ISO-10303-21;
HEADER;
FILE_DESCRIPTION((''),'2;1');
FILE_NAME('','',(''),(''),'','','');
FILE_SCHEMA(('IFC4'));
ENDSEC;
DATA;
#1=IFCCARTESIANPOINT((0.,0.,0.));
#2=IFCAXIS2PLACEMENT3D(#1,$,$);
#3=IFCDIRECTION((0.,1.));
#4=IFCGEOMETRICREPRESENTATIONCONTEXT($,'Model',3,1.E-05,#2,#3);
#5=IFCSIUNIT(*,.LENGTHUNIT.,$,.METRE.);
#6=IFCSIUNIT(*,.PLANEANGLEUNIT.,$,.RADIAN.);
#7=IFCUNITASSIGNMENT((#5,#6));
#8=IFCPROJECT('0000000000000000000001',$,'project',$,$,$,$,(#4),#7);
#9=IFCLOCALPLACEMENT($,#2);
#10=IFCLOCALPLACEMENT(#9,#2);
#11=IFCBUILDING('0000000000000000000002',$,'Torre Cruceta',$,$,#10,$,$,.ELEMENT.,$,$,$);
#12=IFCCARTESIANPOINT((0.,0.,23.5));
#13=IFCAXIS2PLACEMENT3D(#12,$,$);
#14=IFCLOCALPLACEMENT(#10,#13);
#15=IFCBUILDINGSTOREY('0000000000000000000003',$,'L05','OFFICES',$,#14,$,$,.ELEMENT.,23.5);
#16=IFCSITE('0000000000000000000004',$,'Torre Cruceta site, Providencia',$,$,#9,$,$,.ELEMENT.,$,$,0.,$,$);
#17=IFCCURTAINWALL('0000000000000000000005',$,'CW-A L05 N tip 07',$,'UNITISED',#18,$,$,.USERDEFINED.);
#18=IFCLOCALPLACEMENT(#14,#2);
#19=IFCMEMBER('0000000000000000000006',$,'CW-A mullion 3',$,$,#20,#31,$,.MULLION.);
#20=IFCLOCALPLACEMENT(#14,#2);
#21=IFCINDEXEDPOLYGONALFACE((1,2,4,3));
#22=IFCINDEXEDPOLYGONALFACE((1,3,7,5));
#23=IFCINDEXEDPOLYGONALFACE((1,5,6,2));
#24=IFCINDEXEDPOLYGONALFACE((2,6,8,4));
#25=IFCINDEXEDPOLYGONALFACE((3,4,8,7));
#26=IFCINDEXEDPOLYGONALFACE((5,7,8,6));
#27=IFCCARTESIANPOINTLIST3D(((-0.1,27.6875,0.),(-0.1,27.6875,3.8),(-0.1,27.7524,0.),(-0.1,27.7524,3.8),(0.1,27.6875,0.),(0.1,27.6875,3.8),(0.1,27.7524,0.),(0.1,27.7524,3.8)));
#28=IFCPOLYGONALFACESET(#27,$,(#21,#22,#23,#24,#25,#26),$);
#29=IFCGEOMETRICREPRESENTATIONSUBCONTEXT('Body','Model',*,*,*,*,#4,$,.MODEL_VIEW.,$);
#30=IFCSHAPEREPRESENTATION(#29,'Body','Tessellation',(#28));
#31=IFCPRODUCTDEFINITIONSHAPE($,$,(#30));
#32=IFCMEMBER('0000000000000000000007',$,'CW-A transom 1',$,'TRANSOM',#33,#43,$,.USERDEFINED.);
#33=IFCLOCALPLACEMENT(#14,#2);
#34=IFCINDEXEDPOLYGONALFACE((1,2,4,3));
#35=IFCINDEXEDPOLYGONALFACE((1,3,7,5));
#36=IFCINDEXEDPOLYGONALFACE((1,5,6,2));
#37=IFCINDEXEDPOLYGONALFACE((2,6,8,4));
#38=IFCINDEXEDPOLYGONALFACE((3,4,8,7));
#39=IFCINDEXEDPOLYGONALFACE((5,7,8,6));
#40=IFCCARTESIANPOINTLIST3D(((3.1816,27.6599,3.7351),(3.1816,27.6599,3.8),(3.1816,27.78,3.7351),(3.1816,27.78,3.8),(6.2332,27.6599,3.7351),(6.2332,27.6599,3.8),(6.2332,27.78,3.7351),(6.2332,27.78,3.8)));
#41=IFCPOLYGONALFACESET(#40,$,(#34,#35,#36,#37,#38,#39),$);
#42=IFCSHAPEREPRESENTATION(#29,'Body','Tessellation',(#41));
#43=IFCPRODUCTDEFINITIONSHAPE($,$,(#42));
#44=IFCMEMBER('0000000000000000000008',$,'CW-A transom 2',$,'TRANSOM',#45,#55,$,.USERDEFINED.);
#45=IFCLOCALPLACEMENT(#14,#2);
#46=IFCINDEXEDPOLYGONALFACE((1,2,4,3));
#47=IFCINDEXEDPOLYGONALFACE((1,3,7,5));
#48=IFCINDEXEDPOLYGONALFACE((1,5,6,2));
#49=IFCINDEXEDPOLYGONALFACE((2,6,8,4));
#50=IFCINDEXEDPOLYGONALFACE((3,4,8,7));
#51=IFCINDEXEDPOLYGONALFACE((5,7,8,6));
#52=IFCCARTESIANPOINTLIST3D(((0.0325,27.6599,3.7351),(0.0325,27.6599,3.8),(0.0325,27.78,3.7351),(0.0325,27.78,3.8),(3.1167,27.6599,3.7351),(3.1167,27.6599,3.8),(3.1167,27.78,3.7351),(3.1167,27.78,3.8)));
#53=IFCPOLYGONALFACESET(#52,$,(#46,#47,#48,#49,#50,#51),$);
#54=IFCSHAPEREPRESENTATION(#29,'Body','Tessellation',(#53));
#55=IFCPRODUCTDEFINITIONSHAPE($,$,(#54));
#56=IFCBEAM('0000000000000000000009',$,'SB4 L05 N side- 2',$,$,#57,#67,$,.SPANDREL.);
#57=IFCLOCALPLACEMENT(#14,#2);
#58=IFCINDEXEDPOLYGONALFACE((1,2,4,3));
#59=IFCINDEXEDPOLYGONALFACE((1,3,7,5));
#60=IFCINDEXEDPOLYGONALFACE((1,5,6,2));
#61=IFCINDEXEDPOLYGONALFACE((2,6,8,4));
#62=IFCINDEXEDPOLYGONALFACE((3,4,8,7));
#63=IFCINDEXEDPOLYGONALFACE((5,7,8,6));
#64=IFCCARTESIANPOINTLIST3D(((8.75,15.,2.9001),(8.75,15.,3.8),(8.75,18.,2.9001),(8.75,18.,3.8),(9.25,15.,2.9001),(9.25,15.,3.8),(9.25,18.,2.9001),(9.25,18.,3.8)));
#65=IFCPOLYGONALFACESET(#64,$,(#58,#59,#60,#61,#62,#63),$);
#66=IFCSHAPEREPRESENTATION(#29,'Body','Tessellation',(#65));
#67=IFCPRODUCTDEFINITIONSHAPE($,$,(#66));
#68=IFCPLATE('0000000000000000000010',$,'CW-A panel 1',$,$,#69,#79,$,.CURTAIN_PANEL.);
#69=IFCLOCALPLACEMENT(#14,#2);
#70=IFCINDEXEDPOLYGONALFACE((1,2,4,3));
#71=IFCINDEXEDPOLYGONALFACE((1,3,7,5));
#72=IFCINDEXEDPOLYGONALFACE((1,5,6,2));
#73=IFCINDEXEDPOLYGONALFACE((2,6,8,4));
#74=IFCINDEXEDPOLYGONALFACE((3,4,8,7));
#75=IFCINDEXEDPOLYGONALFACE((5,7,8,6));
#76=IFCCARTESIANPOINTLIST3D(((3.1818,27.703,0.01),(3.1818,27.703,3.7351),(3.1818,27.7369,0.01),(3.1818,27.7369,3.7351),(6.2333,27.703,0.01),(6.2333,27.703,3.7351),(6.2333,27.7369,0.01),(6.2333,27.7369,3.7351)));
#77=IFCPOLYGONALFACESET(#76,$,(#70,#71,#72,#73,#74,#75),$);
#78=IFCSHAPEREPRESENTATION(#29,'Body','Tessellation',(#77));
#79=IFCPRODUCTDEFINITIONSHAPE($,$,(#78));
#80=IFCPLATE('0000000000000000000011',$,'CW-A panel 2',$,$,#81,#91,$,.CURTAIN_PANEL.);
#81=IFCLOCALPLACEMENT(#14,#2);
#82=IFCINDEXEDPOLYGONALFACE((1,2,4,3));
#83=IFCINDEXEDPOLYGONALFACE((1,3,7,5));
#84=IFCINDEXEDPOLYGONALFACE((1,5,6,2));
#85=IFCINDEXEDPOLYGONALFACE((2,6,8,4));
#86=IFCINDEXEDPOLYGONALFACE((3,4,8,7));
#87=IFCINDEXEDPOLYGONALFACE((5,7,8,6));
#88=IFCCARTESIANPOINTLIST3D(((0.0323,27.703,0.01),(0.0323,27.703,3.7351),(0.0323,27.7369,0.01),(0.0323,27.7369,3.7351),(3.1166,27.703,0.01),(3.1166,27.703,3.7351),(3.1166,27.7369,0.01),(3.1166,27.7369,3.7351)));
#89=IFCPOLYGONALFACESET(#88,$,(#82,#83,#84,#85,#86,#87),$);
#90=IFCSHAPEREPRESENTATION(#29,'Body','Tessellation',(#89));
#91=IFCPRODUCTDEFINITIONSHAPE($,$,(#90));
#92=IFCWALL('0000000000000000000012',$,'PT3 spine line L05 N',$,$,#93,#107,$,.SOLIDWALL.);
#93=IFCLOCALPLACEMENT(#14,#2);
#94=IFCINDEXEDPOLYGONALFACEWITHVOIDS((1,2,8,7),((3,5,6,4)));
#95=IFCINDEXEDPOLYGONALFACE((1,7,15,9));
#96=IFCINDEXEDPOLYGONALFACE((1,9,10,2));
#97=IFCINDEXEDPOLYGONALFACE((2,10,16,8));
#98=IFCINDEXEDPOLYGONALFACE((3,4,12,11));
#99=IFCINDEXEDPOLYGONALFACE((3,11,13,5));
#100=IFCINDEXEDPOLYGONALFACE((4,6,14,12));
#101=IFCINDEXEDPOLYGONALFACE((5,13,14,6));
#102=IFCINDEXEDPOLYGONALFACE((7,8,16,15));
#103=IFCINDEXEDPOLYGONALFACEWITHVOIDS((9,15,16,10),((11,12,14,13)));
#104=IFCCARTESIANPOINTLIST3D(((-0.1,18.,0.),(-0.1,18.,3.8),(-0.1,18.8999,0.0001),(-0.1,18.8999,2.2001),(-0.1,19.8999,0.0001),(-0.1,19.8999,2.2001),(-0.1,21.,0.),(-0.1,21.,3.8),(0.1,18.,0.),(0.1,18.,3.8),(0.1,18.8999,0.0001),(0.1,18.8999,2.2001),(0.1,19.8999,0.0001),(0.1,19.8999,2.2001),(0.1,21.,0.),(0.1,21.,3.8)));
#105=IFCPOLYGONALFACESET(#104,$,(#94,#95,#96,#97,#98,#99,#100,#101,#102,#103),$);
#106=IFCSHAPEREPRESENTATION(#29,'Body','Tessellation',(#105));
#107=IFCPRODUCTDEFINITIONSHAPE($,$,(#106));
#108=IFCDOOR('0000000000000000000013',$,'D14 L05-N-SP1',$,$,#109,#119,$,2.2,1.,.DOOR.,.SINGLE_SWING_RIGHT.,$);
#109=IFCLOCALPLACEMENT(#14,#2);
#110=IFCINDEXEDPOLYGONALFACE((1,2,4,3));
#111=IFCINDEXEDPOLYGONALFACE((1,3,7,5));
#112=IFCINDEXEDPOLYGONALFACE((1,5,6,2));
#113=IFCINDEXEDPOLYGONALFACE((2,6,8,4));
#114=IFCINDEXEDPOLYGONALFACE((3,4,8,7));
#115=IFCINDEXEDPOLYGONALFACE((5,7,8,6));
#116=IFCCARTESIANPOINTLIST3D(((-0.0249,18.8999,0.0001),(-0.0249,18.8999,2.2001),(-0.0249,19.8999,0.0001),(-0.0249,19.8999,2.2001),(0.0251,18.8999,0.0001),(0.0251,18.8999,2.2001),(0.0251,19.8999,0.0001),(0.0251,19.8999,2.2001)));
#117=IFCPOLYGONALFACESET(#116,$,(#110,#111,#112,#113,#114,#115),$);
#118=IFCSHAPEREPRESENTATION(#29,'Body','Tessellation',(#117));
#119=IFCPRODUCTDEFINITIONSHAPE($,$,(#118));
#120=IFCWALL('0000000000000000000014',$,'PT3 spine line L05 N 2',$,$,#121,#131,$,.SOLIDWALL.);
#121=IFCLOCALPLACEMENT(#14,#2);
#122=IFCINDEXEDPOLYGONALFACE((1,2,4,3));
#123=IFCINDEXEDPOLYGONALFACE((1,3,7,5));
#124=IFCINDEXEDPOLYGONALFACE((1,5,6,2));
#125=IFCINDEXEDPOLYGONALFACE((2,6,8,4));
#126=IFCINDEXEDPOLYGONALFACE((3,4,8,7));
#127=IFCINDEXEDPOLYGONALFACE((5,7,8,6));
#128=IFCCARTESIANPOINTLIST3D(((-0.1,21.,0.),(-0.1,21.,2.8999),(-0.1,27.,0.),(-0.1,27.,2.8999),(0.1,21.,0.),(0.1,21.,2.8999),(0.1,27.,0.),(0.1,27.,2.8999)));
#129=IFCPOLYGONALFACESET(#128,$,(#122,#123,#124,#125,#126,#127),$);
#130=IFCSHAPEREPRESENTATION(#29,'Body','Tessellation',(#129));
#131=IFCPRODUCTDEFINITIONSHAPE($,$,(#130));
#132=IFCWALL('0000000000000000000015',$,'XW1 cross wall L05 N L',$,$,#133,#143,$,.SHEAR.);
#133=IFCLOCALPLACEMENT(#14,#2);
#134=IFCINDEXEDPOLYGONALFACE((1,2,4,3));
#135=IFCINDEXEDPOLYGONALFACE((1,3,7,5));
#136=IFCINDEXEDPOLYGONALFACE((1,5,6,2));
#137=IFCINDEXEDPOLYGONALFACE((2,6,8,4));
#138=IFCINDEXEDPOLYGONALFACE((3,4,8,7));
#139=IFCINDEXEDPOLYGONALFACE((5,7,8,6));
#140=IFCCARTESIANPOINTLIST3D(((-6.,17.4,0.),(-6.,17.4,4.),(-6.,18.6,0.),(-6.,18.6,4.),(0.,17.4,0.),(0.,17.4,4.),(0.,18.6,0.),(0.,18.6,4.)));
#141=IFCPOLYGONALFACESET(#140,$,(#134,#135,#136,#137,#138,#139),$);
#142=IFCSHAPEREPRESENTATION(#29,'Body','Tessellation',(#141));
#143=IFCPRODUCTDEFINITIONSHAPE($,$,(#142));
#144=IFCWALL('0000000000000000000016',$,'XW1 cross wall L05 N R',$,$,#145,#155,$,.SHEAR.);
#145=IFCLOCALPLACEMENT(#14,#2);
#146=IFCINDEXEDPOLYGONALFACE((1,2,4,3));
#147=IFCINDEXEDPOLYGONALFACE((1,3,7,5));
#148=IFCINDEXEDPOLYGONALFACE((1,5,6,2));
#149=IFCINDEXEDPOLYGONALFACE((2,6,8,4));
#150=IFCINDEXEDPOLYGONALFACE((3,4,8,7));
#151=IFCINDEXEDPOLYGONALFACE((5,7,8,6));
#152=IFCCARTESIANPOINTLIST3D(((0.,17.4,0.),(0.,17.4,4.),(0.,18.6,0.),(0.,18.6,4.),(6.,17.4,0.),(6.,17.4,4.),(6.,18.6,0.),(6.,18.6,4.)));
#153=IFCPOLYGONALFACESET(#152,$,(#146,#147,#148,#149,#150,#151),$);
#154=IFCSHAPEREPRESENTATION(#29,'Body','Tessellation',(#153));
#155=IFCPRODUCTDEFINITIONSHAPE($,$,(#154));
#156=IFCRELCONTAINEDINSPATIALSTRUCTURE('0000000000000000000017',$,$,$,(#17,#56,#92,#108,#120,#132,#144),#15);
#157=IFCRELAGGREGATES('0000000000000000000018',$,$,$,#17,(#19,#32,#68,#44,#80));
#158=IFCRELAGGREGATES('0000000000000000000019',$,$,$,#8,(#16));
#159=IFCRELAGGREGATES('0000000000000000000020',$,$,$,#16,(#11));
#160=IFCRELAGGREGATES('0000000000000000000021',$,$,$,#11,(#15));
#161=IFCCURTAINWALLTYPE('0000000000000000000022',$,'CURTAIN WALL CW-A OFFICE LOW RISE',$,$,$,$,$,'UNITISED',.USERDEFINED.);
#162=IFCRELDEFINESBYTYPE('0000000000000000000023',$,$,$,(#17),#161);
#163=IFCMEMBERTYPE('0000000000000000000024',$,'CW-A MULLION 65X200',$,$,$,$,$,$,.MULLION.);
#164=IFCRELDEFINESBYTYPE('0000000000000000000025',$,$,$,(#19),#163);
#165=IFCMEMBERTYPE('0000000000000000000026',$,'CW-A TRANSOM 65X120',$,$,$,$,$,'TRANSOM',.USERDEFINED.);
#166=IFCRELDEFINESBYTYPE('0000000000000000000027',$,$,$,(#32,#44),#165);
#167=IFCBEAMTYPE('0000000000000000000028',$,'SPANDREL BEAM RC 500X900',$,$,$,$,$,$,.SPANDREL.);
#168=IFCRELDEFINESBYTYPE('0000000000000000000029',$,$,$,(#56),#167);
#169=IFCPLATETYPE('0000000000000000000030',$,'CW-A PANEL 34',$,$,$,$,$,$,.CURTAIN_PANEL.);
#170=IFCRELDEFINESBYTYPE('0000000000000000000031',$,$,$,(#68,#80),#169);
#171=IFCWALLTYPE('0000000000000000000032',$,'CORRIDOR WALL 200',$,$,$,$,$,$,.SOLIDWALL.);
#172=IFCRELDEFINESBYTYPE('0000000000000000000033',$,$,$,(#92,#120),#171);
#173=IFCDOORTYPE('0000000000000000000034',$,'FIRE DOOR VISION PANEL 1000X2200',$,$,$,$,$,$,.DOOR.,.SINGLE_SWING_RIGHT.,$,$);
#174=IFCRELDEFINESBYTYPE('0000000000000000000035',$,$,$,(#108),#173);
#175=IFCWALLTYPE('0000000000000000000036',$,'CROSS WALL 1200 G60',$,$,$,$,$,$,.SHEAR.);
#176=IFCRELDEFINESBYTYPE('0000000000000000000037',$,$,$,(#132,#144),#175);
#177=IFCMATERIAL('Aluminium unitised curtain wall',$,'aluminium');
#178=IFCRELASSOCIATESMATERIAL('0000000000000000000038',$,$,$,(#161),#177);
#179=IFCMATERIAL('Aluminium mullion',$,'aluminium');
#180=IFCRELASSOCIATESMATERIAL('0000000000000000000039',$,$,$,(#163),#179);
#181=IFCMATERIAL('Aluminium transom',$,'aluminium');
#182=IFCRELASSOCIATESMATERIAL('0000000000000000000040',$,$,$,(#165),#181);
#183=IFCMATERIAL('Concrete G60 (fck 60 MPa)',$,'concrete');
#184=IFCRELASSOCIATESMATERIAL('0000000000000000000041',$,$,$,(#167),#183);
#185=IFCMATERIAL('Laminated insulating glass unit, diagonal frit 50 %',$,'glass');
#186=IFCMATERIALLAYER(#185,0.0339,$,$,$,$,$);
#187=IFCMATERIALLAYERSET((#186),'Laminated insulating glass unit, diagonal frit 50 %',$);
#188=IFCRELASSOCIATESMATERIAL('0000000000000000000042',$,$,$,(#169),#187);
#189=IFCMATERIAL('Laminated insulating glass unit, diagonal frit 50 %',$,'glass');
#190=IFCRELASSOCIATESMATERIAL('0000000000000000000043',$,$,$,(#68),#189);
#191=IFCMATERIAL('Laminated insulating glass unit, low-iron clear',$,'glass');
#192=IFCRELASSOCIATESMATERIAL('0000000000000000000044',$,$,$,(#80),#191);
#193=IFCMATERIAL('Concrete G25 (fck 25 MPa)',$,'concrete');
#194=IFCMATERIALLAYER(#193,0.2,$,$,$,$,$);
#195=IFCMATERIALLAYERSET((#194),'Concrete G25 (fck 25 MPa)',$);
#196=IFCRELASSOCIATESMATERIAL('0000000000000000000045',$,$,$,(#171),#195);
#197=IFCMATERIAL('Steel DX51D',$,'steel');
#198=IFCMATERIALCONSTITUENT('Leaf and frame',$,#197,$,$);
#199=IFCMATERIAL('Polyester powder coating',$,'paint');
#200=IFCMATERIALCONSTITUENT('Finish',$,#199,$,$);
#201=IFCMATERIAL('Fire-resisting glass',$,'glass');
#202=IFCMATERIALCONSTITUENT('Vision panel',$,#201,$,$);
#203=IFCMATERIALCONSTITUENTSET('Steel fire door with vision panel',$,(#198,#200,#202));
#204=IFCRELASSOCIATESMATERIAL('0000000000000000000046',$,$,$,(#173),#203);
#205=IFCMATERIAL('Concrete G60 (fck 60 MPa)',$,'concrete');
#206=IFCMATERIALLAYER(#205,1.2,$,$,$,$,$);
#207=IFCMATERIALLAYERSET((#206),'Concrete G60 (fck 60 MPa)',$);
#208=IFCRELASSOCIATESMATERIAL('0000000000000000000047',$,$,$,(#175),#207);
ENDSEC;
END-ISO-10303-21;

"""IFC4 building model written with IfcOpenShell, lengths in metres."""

from ifc_helpers import new_model, si_unit, direction, frame, frame_2d, origin, origin_2d, place, context, subcontext, project, spatial, rectangle, extrude, material, layer, layer_set, constituent, constituent_set, material_profile, profile_set, type_object, element, fill, aggregate, save


model = new_model("IFC4")

# Units and contexts
model_context = context("Model", 3, precision=1e-05, world=origin(), true_north=direction((0.0, 1.0)))
body_context = subcontext(model_context, "Body", "Model", "MODEL_VIEW")
ifc_project = project(units=[si_unit("LENGTHUNIT", "METRE"), si_unit("PLANEANGLEUNIT", "RADIAN")], contexts=[model_context])

# Site, building, storey
site_placement = place(None, origin())
site = spatial("IfcSite", under=ifc_project, at=site_placement, Name="Torre Cruceta site, Providencia", CompositionType="ELEMENT", RefElevation=0.0)
building_placement = place(site_placement, origin())
building = spatial("IfcBuilding", under=site, at=building_placement, Name="Torre Cruceta", CompositionType="ELEMENT")
storey_placement = place(building_placement, frame((0.0, 0.0, 23.5)))
storey = spatial("IfcBuildingStorey", under=building, at=storey_placement, Name="L05", Description="OFFICES", CompositionType="ELEMENT", Elevation=23.5)

# Curtain wall, members
ifc_material_1 = material(Name="Aluminium unitised curtain wall", Category="aluminium")
curtain_wall_type = type_object("IfcCurtainWallType", Name="CURTAIN WALL CW-A OFFICE LOW RISE", ElementType="UNITISED", PredefinedType="USERDEFINED", material=ifc_material_1)
curtain_wall_placement = place(storey_placement, origin())
curtain_wall = element("IfcCurtainWall", 1, at=curtain_wall_placement, inside=storey, type_object=curtain_wall_type, Name="CW-A L05 N tip 07", ObjectType="UNITISED", PredefinedType="USERDEFINED")
ifc_material_2 = material(Name="Aluminium mullion", Category="aluminium")
ifc_material_profile_1 = material_profile(ifc_material_2, rectangle(XDim=0.0649, YDim=0.2, at=origin_2d()), Name="AL 65X200")
ifc_profile_set_1 = profile_set([ifc_material_profile_1], Name="Aluminium mullion")
member_type_1 = type_object("IfcMemberType", Name="CW-A MULLION 65X200", PredefinedType="MULLION", material=ifc_profile_set_1)
member_1_placement = place(storey_placement, frame((0.0, 27.72, 0.0), z_axis=(0.0, 0.0, 1.0), x_axis=(0.0, -1.0, 0.0)))
member_1 = element("IfcMember", 2, at=member_1_placement, type_object=member_type_1, Name="CW-A mullion 3", PredefinedType="MULLION", context=body_context, shape_type="SweptSolid", body=[
    extrude(rectangle(XDim=0.0649, YDim=0.2, at=origin_2d()), origin(), (0.0, 0.0, 1.0), 3.8),
])
ifc_material_3 = material(Name="Aluminium transom", Category="aluminium")
ifc_material_profile_2 = material_profile(ifc_material_3, rectangle(XDim=0.1201, YDim=0.0649, at=origin_2d()), Name="AL 120X65")
ifc_profile_set_2 = profile_set([ifc_material_profile_2], Name="Aluminium transom")
member_type_2 = type_object("IfcMemberType", Name="CW-A TRANSOM 65X120", ElementType="TRANSOM", PredefinedType="USERDEFINED", material=ifc_profile_set_2)
member_2_placement = place(storey_placement, frame((6.2332, 27.72, 3.7676), z_axis=(-1.0, 0.0, 0.0), x_axis=(0.0, -1.0, 0.0)))
member_2 = element("IfcMember", 3, at=member_2_placement, type_object=member_type_2, Name="CW-A transom 1", ObjectType="TRANSOM", PredefinedType="USERDEFINED", context=body_context, shape_type="SweptSolid", body=[
    extrude(rectangle(XDim=0.1201, YDim=0.0649, at=origin_2d()), origin(), (0.0, 0.0, 1.0), 3.0515),
])
member_3_placement = place(storey_placement, frame((3.1167, 27.72, 3.7676), z_axis=(-1.0, 0.0, 0.0), x_axis=(0.0, -1.0, 0.0)))
member_3 = element("IfcMember", 4, at=member_3_placement, type_object=member_type_2, Name="CW-A transom 2", ObjectType="TRANSOM", PredefinedType="USERDEFINED", context=body_context, shape_type="SweptSolid", body=[
    extrude(rectangle(XDim=0.1201, YDim=0.0649, at=origin_2d()), origin(), (0.0, 0.0, 1.0), 3.0842),
])

# Beam
ifc_material_4 = material(Name="Concrete G60 (fck 60 MPa)", Category="concrete")
ifc_material_profile_3 = material_profile(ifc_material_4, rectangle(XDim=0.5, YDim=0.8999, at=origin_2d()), Name="RC 500X900")
ifc_profile_set_3 = profile_set([ifc_material_profile_3], Name="Concrete G60 (fck 60 MPa)")
beam_type_1 = type_object("IfcBeamType", Name="SPANDREL BEAM RC 500X900", PredefinedType="SPANDREL", material=ifc_profile_set_3)
beam_placement = place(storey_placement, frame((9.0, 15.0, 3.3501), z_axis=(0.0, 1.0, 0.0), x_axis=(-1.0, 0.0, 0.0)))
element("IfcBeam", 5, at=beam_placement, inside=storey, type_object=beam_type_1, Name="SB4 L05 N side- 2", PredefinedType="SPANDREL", context=body_context, shape_type="SweptSolid", body=[
    extrude(rectangle(XDim=0.5, YDim=0.8999, at=origin_2d()), origin(), (0.0, 0.0, 1.0), 3.0),
])

# Plates
ifc_material_5 = material(Name="Laminated insulating glass unit, diagonal frit 50 %", Category="glass")
ifc_material_6 = material(Name="Laminated insulating glass unit, diagonal frit 50 %", Category="glass")
ifc_layer_1 = layer(ifc_material_6, 0.0339)
ifc_layer_set_1 = layer_set([ifc_layer_1], Name="Laminated insulating glass unit, diagonal frit 50 %")
plate_type = type_object("IfcPlateType", Name="CW-A PANEL 34", PredefinedType="CURTAIN_PANEL", material=ifc_layer_set_1)
plate_1_placement = place(storey_placement, frame((4.7075, 27.72, 0.01), z_axis=(0.0, 0.0, 1.0), x_axis=(-1.0, 0.0, 0.0)))
plate_1 = element("IfcPlate", 6, at=plate_1_placement, type_object=plate_type, material=ifc_material_5, Name="CW-A panel 1", PredefinedType="CURTAIN_PANEL", context=body_context, shape_type="SweptSolid", body=[
    extrude(rectangle(XDim=3.0515, YDim=0.0339, at=origin_2d()), origin(), (0.0, 0.0, 1.0), 3.7251),
])
ifc_material_7 = material(Name="Laminated insulating glass unit, low-iron clear", Category="glass")
plate_2_placement = place(storey_placement, frame((1.5745, 27.72, 0.01), z_axis=(0.0, 0.0, 1.0), x_axis=(-1.0, 0.0, 0.0)))
plate_2 = element("IfcPlate", 7, at=plate_2_placement, type_object=plate_type, material=ifc_material_7, Name="CW-A panel 2", PredefinedType="CURTAIN_PANEL", context=body_context, shape_type="SweptSolid", body=[
    extrude(rectangle(XDim=3.0842, YDim=0.0339, at=origin_2d()), origin(), (0.0, 0.0, 1.0), 3.7251),
])
aggregate(curtain_wall, [member_1, member_2, plate_1, member_3, plate_2])

# Wall, opening, door
ifc_material_8 = material(Name="Concrete G25 (fck 25 MPa)", Category="concrete")
ifc_layer_2 = layer(ifc_material_8, 0.2)
ifc_layer_set_2 = layer_set([ifc_layer_2], Name="Concrete G25 (fck 25 MPa)")
wall_type_1 = type_object("IfcWallType", Name="CORRIDOR WALL 200", PredefinedType="SOLIDWALL", material=ifc_layer_set_2)
wall_1_placement = place(storey_placement, frame((0.0, 18.0, 0.0), z_axis=(0.0, 0.0, 1.0), x_axis=(0.0, 1.0, 0.0)))
wall_1 = element("IfcWall", 8, at=wall_1_placement, inside=storey, type_object=wall_type_1, Name="PT3 spine line L05 N", PredefinedType="SOLIDWALL", context=body_context, shape_type="SweptSolid", body=[
    extrude(rectangle(XDim=3.0, YDim=0.2, at=frame_2d((1.5, 0.0))), origin(), (0.0, 0.0, 1.0), 3.8),
])
opening_1_placement = place(wall_1_placement, frame((0.8999, 0.0, 0.0)))
opening_1 = element("IfcOpeningElement", 9, at=opening_1_placement, cuts=wall_1, PredefinedType="OPENING", context=body_context, shape_type="SweptSolid", body=[
    extrude(rectangle(XDim=1.0, YDim=2.2, at=frame_2d((0.5, 1.1001))), frame((0.0, 0.1099, 0.0), z_axis=(0.0, -1.0, 0.0), x_axis=(1.0, 0.0, 0.0)), (0.0, 0.0, 1.0), 0.22),
])
ifc_material_9 = material(Name="Steel DX51D", Category="steel")
ifc_constituent_1 = constituent(ifc_material_9, Name="Leaf and frame")
ifc_material_10 = material(Name="Polyester powder coating", Category="paint")
ifc_constituent_2 = constituent(ifc_material_10, Name="Finish")
ifc_material_11 = material(Name="Fire-resisting glass", Category="glass")
ifc_constituent_3 = constituent(ifc_material_11, Name="Vision panel")
ifc_constituent_set_1 = constituent_set(constituents=[ifc_constituent_1, ifc_constituent_2, ifc_constituent_3], Name="Steel fire door with vision panel")
door_type_1 = type_object("IfcDoorType", Name="FIRE DOOR VISION PANEL 1000X2200", OperationType="SINGLE_SWING_RIGHT", PredefinedType="DOOR", material=ifc_constituent_set_1)
door_1_placement = place(opening_1_placement, frame((1.0, 0.0, 0.0), z_axis=(0.0, 0.0, 1.0), x_axis=(-1.0, 0.0, 0.0)))
door_1 = element("IfcDoor", 10, at=door_1_placement, inside=storey, type_object=door_type_1, Name="D14 L05-N-SP1", OperationType="SINGLE_SWING_RIGHT", OverallHeight=2.2, OverallWidth=1.0, PredefinedType="DOOR", context=body_context, shape_type="SweptSolid", body=[
    extrude(rectangle(XDim=1.0, YDim=2.2, at=frame_2d((0.5, 1.1001))), frame((0.0, 0.0251, 0.0), z_axis=(0.0, -1.0, 0.0), x_axis=(1.0, 0.0, 0.0)), (0.0, 0.0, 1.0), 0.05),
])
fill(opening_1, door_1)

# Walls
wall_2_placement = place(storey_placement, frame((0.0, 21.0, 0.0), z_axis=(0.0, 0.0, 1.0), x_axis=(0.0, 1.0, 0.0)))
element("IfcWall", 11, at=wall_2_placement, inside=storey, type_object=wall_type_1, Name="PT3 spine line L05 N 2", PredefinedType="SOLIDWALL", context=body_context, shape_type="SweptSolid", body=[
    extrude(rectangle(XDim=6.0, YDim=0.2, at=frame_2d((3.0, 0.0))), origin(), (0.0, 0.0, 1.0), 2.8999),
])
ifc_material_12 = material(Name="Concrete G60 (fck 60 MPa)", Category="concrete")
ifc_layer_3 = layer(ifc_material_12, 1.2)
ifc_layer_set_3 = layer_set([ifc_layer_3], Name="Concrete G60 (fck 60 MPa)")
wall_type_2 = type_object("IfcWallType", Name="CROSS WALL 1200 G60", PredefinedType="SHEAR", material=ifc_layer_set_3)
for number, where, z_axis, x_axis, name in (
    (12, (0.0, 18.0, 0.0), (0.0, 0.0, 1.0), (-1.0, 0.0, 0.0), "XW1 cross wall L05 N L"),
    (13, (0.0, 18.0, 0.0), (0.0, 0.0, 1.0), (1.0, 0.0, 0.0), "XW1 cross wall L05 N R"),
):
    element("IfcWall", number, at=place(storey_placement, frame(where, z_axis=z_axis, x_axis=x_axis)), inside=storey, type_object=wall_type_2, Name=name, PredefinedType="SHEAR", context=body_context, shape_type="SweptSolid", body=[
        extrude(rectangle(XDim=6.0, YDim=1.2, at=frame_2d((3.0, 0.0))), origin(), (0.0, 0.0, 1.0), 4.0),
    ])

save(model, "model.ifc")
